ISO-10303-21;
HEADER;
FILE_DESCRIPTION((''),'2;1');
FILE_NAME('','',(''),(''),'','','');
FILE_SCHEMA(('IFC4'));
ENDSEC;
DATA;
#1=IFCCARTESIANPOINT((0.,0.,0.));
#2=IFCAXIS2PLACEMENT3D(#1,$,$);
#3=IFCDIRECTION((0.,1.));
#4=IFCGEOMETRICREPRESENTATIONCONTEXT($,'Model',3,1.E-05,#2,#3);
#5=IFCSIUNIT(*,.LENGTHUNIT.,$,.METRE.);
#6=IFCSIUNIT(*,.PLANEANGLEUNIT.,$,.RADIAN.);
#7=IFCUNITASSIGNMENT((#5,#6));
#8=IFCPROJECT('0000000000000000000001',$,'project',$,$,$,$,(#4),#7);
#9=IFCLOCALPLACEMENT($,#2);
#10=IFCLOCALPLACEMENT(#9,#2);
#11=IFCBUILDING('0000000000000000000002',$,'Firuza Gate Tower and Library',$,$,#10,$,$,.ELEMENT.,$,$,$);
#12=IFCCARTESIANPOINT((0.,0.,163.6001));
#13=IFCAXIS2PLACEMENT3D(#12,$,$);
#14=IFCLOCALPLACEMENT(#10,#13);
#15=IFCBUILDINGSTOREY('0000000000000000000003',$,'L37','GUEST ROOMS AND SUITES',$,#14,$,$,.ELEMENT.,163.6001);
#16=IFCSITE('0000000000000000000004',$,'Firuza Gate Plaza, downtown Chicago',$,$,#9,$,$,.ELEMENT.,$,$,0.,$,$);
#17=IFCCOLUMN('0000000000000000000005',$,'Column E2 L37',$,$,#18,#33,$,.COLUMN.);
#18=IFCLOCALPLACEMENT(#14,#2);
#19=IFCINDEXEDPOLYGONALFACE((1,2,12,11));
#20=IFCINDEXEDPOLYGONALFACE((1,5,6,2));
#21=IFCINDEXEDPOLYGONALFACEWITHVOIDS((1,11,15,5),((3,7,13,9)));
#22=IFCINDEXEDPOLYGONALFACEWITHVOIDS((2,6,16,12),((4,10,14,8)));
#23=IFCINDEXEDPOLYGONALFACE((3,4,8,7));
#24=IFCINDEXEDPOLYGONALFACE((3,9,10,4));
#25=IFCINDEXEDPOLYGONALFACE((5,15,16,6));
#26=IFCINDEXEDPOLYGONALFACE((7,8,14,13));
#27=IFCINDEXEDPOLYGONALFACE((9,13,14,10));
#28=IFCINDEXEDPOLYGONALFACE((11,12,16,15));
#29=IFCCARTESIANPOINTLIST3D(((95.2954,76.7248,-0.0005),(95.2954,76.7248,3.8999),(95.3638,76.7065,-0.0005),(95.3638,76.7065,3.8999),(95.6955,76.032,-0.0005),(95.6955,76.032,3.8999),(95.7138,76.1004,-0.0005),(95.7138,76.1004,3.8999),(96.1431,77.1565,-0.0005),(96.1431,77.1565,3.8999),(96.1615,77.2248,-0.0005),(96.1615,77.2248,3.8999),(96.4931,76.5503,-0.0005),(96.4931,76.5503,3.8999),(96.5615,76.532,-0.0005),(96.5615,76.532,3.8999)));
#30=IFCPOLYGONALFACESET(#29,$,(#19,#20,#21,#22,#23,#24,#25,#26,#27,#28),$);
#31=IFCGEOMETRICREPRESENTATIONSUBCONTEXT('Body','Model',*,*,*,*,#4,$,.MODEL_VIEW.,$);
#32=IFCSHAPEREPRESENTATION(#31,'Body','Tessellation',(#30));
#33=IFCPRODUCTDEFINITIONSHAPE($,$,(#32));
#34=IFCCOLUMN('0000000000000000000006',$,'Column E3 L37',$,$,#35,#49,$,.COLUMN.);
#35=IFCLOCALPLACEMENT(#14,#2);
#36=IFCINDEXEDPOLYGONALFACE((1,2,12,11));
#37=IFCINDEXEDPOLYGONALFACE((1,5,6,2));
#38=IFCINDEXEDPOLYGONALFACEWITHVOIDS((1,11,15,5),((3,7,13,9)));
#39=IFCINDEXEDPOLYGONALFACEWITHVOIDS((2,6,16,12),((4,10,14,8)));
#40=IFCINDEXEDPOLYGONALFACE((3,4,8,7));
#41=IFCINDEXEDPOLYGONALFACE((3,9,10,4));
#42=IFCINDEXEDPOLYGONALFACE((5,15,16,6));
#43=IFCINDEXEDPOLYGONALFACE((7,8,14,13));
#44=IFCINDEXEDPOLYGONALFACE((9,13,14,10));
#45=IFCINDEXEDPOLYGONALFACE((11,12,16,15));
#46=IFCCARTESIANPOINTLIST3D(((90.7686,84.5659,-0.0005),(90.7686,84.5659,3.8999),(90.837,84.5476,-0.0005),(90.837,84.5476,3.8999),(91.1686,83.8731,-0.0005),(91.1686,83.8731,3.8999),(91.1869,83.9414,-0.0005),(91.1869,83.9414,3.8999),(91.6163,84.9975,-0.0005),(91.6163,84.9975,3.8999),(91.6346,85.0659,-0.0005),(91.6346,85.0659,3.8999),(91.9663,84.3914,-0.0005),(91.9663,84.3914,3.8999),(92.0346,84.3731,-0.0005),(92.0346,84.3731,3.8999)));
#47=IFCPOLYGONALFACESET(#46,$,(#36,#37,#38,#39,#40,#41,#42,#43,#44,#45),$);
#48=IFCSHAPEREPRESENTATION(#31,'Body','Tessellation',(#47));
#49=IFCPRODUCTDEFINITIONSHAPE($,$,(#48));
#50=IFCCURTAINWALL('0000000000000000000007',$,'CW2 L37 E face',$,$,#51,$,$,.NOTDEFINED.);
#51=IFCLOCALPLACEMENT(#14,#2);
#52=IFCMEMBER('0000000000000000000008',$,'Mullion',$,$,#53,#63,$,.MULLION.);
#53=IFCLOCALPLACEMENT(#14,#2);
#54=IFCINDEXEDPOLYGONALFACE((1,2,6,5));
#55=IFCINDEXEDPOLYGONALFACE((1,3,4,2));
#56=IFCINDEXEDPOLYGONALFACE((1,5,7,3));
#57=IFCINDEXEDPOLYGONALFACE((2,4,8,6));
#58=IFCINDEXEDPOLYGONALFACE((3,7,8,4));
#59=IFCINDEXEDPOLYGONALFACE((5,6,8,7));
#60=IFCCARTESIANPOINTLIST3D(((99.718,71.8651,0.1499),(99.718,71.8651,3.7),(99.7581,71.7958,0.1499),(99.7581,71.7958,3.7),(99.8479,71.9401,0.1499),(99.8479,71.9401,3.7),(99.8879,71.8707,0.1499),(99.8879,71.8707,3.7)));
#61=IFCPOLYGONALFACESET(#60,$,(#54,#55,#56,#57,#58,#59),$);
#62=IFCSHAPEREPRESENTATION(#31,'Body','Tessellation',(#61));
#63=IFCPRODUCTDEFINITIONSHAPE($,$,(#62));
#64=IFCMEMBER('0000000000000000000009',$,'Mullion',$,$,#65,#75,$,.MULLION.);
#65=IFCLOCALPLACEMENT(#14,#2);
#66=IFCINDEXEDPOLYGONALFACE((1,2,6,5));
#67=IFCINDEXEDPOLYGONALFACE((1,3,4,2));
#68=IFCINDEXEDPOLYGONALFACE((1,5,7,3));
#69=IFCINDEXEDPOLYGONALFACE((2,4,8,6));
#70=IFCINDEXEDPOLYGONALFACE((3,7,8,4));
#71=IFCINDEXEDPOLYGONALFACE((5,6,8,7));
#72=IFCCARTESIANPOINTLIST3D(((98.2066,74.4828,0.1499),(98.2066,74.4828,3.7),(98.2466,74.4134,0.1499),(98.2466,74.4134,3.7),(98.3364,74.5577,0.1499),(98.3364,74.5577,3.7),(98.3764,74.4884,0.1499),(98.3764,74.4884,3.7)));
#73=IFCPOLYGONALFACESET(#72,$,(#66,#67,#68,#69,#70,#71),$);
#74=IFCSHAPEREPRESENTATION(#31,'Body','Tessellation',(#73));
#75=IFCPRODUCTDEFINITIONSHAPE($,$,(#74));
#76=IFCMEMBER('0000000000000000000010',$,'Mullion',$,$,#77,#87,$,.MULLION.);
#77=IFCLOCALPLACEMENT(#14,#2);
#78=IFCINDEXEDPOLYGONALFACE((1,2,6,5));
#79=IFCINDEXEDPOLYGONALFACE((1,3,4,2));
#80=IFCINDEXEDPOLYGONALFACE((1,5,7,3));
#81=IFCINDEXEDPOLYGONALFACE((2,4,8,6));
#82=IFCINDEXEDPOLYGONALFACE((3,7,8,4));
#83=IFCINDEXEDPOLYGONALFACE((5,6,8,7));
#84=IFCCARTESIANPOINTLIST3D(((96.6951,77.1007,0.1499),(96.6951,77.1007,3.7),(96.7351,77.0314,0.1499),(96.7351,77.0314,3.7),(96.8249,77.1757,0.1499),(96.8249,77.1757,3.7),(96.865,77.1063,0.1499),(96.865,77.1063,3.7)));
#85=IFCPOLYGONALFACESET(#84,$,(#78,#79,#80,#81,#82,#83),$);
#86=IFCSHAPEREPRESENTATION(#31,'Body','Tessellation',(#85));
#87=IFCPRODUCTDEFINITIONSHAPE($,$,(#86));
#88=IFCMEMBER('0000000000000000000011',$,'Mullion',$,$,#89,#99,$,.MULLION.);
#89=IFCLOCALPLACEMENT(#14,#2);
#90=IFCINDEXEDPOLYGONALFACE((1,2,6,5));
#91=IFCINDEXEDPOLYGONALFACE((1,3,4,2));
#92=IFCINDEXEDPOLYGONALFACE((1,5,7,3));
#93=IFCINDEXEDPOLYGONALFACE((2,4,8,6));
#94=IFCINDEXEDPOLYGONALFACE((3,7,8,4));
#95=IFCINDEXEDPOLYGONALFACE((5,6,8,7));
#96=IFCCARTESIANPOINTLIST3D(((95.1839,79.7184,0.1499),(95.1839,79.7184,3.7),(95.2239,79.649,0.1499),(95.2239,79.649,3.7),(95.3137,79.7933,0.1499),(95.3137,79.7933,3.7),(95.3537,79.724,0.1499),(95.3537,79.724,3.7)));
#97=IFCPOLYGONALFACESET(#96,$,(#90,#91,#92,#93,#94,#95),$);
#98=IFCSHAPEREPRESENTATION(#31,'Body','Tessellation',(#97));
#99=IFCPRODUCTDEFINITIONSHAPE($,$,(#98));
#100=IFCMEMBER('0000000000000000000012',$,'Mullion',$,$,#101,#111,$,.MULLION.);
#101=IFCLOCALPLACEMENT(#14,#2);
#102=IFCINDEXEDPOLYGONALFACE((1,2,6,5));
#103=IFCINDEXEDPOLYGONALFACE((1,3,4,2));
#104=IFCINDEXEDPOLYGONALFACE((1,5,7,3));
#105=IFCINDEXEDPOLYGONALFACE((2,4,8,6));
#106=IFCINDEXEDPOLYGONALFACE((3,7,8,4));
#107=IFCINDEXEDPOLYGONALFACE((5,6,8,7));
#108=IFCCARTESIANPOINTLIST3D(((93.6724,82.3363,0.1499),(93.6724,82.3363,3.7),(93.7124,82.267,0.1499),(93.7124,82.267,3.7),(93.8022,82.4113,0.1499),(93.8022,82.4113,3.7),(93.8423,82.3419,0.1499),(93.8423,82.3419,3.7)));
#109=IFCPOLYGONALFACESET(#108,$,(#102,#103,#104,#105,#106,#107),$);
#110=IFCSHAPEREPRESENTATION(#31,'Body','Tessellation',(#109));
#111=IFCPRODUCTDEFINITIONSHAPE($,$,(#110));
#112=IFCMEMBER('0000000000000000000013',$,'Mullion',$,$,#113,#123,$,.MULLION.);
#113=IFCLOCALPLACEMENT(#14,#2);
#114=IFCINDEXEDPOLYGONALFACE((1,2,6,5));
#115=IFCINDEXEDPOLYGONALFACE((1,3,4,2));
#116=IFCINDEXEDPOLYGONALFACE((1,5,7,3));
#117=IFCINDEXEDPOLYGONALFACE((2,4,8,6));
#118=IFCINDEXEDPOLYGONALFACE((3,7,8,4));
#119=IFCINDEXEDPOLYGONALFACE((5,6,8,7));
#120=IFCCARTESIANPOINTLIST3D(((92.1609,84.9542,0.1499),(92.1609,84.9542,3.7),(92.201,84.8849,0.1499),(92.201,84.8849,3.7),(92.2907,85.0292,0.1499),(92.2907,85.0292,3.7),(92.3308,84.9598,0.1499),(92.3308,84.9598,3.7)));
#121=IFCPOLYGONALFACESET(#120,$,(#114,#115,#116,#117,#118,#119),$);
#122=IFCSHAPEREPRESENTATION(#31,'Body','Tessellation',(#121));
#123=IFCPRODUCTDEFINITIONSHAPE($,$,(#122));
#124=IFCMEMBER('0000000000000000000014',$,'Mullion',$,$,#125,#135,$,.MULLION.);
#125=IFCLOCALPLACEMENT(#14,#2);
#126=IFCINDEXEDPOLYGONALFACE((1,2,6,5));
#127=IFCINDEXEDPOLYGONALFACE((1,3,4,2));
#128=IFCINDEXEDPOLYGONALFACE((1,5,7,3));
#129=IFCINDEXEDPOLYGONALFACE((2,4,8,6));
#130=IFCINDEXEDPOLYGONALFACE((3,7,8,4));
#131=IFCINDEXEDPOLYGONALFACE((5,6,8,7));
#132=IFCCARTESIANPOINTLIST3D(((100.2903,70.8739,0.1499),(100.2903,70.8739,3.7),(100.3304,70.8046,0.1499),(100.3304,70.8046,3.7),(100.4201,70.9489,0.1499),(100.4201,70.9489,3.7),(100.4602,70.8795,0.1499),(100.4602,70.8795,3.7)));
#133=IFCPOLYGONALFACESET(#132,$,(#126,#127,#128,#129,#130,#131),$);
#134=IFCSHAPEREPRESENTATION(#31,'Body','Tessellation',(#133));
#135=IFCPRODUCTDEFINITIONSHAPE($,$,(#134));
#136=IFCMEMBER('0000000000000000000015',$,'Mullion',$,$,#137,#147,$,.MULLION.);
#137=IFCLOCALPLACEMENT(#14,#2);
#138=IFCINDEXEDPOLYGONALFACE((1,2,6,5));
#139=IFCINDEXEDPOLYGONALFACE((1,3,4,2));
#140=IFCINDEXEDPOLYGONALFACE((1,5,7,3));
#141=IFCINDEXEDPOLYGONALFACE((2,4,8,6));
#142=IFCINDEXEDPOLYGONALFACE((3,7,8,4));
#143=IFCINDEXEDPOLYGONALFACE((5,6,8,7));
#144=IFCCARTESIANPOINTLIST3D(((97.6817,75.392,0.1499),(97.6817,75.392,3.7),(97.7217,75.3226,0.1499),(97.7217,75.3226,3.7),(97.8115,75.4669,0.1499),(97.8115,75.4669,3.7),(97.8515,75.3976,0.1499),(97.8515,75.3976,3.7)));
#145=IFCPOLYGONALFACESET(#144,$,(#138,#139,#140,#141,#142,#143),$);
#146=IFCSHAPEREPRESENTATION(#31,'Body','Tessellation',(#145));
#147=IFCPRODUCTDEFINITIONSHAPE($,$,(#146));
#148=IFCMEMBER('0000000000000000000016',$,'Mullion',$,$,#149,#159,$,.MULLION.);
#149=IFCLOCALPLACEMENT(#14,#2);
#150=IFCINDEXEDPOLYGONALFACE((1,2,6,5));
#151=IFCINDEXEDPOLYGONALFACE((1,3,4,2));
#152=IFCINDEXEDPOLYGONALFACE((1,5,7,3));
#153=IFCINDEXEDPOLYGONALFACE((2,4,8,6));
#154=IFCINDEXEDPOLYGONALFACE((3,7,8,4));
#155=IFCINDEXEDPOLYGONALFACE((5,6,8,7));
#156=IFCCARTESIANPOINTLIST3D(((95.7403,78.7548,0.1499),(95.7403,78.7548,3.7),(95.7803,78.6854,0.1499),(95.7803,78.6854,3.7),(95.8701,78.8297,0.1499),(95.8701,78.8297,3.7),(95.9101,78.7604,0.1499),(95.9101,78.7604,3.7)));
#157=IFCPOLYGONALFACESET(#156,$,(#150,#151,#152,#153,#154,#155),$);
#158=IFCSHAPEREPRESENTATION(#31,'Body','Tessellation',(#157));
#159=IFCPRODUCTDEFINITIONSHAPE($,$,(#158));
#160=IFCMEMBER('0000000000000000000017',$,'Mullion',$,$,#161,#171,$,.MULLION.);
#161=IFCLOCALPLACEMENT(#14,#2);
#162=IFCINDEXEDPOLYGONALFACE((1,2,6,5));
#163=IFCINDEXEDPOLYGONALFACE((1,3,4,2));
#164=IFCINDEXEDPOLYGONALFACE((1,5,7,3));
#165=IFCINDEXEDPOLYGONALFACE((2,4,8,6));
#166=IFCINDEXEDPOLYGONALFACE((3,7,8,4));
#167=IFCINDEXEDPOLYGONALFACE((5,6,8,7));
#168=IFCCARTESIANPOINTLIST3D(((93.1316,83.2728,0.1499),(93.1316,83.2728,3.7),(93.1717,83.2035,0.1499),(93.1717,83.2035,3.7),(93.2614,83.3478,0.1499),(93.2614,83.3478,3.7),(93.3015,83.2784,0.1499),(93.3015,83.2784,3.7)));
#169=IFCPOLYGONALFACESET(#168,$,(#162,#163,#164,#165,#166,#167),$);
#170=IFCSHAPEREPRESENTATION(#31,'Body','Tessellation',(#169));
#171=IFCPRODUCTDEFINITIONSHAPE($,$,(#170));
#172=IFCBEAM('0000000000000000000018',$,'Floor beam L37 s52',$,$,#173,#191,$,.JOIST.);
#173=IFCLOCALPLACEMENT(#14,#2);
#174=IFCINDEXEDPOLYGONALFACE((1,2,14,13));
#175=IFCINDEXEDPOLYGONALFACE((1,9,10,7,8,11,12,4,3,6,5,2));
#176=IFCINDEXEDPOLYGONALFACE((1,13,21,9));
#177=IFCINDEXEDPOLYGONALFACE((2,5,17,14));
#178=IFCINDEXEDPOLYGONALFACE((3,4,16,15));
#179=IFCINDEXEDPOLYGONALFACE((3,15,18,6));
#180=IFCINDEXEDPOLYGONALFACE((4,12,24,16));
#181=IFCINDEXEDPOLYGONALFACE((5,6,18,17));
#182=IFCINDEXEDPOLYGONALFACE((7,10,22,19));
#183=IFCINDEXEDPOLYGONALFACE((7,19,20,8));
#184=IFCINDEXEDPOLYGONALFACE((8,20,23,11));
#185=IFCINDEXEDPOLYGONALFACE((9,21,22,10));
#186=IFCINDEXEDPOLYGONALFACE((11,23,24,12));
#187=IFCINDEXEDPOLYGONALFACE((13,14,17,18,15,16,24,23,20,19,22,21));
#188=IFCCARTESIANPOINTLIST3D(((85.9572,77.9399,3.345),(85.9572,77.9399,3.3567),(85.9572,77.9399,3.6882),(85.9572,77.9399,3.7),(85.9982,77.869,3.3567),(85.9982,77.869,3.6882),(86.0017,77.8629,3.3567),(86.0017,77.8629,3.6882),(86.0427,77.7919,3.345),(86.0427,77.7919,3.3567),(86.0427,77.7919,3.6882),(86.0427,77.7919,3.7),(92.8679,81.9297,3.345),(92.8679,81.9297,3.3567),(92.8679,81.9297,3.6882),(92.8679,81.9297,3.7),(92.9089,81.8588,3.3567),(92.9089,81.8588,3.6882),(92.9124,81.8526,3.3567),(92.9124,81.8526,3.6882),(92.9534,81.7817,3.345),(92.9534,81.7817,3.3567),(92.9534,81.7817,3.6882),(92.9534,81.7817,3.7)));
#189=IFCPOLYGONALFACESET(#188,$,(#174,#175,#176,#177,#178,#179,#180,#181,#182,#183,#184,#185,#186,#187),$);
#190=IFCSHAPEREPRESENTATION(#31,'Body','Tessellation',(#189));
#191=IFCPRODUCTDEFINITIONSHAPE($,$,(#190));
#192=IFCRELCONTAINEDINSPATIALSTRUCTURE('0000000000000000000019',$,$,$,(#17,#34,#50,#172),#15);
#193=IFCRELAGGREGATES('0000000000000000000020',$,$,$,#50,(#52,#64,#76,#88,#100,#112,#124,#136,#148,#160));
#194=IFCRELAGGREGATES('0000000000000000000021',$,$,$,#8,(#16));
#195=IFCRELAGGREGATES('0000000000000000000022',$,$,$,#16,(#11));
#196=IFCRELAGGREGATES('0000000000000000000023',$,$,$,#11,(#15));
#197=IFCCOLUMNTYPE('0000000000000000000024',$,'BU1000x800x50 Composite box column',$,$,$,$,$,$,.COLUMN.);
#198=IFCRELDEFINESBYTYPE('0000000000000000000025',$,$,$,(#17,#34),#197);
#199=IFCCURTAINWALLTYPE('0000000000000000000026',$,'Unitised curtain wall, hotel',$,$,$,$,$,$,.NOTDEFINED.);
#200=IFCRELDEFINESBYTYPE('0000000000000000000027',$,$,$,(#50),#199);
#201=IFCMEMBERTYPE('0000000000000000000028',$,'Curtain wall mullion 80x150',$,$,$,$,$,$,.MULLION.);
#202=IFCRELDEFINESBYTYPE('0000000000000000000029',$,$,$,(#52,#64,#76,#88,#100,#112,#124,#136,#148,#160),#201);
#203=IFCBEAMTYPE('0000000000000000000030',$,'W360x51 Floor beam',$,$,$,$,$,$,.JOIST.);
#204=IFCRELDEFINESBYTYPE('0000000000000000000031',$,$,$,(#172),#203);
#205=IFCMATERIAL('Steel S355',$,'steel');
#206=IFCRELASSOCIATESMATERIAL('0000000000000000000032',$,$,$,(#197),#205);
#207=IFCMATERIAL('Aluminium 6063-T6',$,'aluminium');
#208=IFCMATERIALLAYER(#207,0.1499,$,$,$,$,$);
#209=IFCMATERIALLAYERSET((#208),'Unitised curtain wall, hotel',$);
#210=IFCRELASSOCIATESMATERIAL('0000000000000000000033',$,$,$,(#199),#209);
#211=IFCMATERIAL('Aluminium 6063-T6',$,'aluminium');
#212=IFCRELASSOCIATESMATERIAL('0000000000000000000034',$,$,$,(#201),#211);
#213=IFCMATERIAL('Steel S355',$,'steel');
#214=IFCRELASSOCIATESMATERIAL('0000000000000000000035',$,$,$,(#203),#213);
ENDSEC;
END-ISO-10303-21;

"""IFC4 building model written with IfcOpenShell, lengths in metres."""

from ifc_helpers import new_model, si_unit, direction, frame, origin, origin_2d, place, context, subcontext, project, spatial, rectangle, hollow_rectangle, i_section, extrude, material, layer, layer_set, material_profile, profile_set, type_object, element, aggregate, save


model = new_model("IFC4")

# Units and contexts
model_context = context("Model", 3, precision=1e-05, world=origin(), true_north=direction((0.0, 1.0)))
body_context = subcontext(model_context, "Body", "Model", "MODEL_VIEW")
ifc_project = project(units=[si_unit("LENGTHUNIT", "METRE"), si_unit("PLANEANGLEUNIT", "RADIAN")], contexts=[model_context])

# Site, building, storey
site_placement = place(None, origin())
site = spatial("IfcSite", under=ifc_project, at=site_placement, Name="Firuza Gate Plaza, downtown Chicago", CompositionType="ELEMENT", RefElevation=0.0)
building_placement = place(site_placement, origin())
building = spatial("IfcBuilding", under=site, at=building_placement, Name="Firuza Gate Tower and Library", CompositionType="ELEMENT")
storey_placement = place(building_placement, frame((0.0, 0.0, 163.6001)))
storey = spatial("IfcBuildingStorey", under=building, at=storey_placement, Name="L37", Description="GUEST ROOMS AND SUITES", CompositionType="ELEMENT", Elevation=163.6001)

# Columns
ifc_material_1 = material(Name="Steel S355", Category="steel")
ifc_material_profile_1 = material_profile(ifc_material_1, hollow_rectangle(XDim=0.8, YDim=1.0, WallThickness=0.05, at=origin_2d()))
ifc_profile_set_1 = profile_set([ifc_material_profile_1], Name="Steel S355")
column_type = type_object("IfcColumnType", Name="BU1000x800x50 Composite box column", PredefinedType="COLUMN", material=ifc_profile_set_1)
for number, where, z_axis, x_axis, name in (
    (1, (95.9285, 76.6284, -0.0005), (0.0, 0.0, 1.0), (-0.5, 0.866025, 0.0), "Column E2 L37"),
    (2, (91.4016, 84.4695, -0.0005), (0.0, 0.0, 1.0), (-0.5, 0.866025, 0.0), "Column E3 L37"),
):
    element("IfcColumn", number, at=place(storey_placement, frame(where, z_axis=z_axis, x_axis=x_axis)), inside=storey, type_object=column_type, Name=name, PredefinedType="COLUMN", context=body_context, shape_type="SweptSolid", body=[
        extrude(hollow_rectangle(XDim=0.8, YDim=1.0, WallThickness=0.05, at=origin_2d()), origin(), (0.0, 0.0, 1.0), 3.9004),
    ])

# Curtain wall, members
ifc_material_2 = material(Name="Aluminium 6063-T6", Category="aluminium")
ifc_layer_1 = layer(ifc_material_2, 0.1499)
ifc_layer_set_1 = layer_set([ifc_layer_1], Name="Unitised curtain wall, hotel")
curtain_wall_type = type_object("IfcCurtainWallType", Name="Unitised curtain wall, hotel", PredefinedType="NOTDEFINED", material=ifc_layer_set_1)
curtain_wall_placement = place(storey_placement, origin())
curtain_wall = element("IfcCurtainWall", 3, at=curtain_wall_placement, inside=storey, type_object=curtain_wall_type, Name="CW2 L37 E face", PredefinedType="NOTDEFINED")
ifc_material_3 = material(Name="Aluminium 6063-T6", Category="aluminium")
ifc_material_profile_2 = material_profile(ifc_material_3, rectangle(XDim=0.1499, YDim=0.0801, at=origin_2d()))
ifc_profile_set_2 = profile_set([ifc_material_profile_2], Name="Aluminium 6063-T6")
member_type = type_object("IfcMemberType", Name="Curtain wall mullion 80x150", PredefinedType="MULLION", material=ifc_profile_set_2)
member_1_placement = place(storey_placement, frame((99.803, 71.8679, 0.1499), z_axis=(0.0, 0.0, 1.0), x_axis=(-0.866025, -0.5, 0.0)))
member_1 = element("IfcMember", 4, at=member_1_placement, type_object=member_type, Name="Mullion", PredefinedType="MULLION", context=body_context, shape_type="SweptSolid", body=[
    extrude(rectangle(XDim=0.1499, YDim=0.0801, at=origin_2d()), origin(), (0.0, 0.0, 1.0), 3.55),
])
member_2_placement = place(storey_placement, frame((98.2915, 74.4856, 0.1499), z_axis=(0.0, 0.0, 1.0), x_axis=(-0.866025, -0.5, 0.0)))
member_2 = element("IfcMember", 5, at=member_2_placement, type_object=member_type, Name="Mullion", PredefinedType="MULLION", context=body_context, shape_type="SweptSolid", body=[
    extrude(rectangle(XDim=0.1499, YDim=0.0801, at=origin_2d()), origin(), (0.0, 0.0, 1.0), 3.55),
])
member_3_placement = place(storey_placement, frame((96.78, 77.1035, 0.1499), z_axis=(0.0, 0.0, 1.0), x_axis=(-0.866025, -0.5, 0.0)))
member_3 = element("IfcMember", 6, at=member_3_placement, type_object=member_type, Name="Mullion", PredefinedType="MULLION", context=body_context, shape_type="SweptSolid", body=[
    extrude(rectangle(XDim=0.1499, YDim=0.0801, at=origin_2d()), origin(), (0.0, 0.0, 1.0), 3.55),
])
member_4_placement = place(storey_placement, frame((95.2688, 79.7212, 0.1499), z_axis=(0.0, 0.0, 1.0), x_axis=(-0.866025, -0.5, 0.0)))
member_4 = element("IfcMember", 7, at=member_4_placement, type_object=member_type, Name="Mullion", PredefinedType="MULLION", context=body_context, shape_type="SweptSolid", body=[
    extrude(rectangle(XDim=0.1499, YDim=0.0801, at=origin_2d()), origin(), (0.0, 0.0, 1.0), 3.55),
])
member_5_placement = place(storey_placement, frame((93.7573, 82.3391, 0.1499), z_axis=(0.0, 0.0, 1.0), x_axis=(-0.866025, -0.5, 0.0)))
member_5 = element("IfcMember", 8, at=member_5_placement, type_object=member_type, Name="Mullion", PredefinedType="MULLION", context=body_context, shape_type="SweptSolid", body=[
    extrude(rectangle(XDim=0.1499, YDim=0.0801, at=origin_2d()), origin(), (0.0, 0.0, 1.0), 3.55),
])
member_6_placement = place(storey_placement, frame((92.2458, 84.957, 0.1499), z_axis=(0.0, 0.0, 1.0), x_axis=(-0.866025, -0.5, 0.0)))
member_6 = element("IfcMember", 9, at=member_6_placement, type_object=member_type, Name="Mullion", PredefinedType="MULLION", context=body_context, shape_type="SweptSolid", body=[
    extrude(rectangle(XDim=0.1499, YDim=0.0801, at=origin_2d()), origin(), (0.0, 0.0, 1.0), 3.55),
])
member_7_placement = place(storey_placement, frame((100.3752, 70.8767, 0.1499), z_axis=(0.0, 0.0, 1.0), x_axis=(-0.866025, -0.5, 0.0)))
member_7 = element("IfcMember", 10, at=member_7_placement, type_object=member_type, Name="Mullion", PredefinedType="MULLION", context=body_context, shape_type="SweptSolid", body=[
    extrude(rectangle(XDim=0.1499, YDim=0.0801, at=origin_2d()), origin(), (0.0, 0.0, 1.0), 3.55),
])
member_8_placement = place(storey_placement, frame((97.7666, 75.3948, 0.1499), z_axis=(0.0, 0.0, 1.0), x_axis=(-0.866025, -0.5, 0.0)))
member_8 = element("IfcMember", 11, at=member_8_placement, type_object=member_type, Name="Mullion", PredefinedType="MULLION", context=body_context, shape_type="SweptSolid", body=[
    extrude(rectangle(XDim=0.1499, YDim=0.0801, at=origin_2d()), origin(), (0.0, 0.0, 1.0), 3.55),
])
member_9_placement = place(storey_placement, frame((95.8252, 78.7576, 0.1499), z_axis=(0.0, 0.0, 1.0), x_axis=(-0.866025, -0.5, 0.0)))
member_9 = element("IfcMember", 12, at=member_9_placement, type_object=member_type, Name="Mullion", PredefinedType="MULLION", context=body_context, shape_type="SweptSolid", body=[
    extrude(rectangle(XDim=0.1499, YDim=0.0801, at=origin_2d()), origin(), (0.0, 0.0, 1.0), 3.55),
])
member_10_placement = place(storey_placement, frame((93.2166, 83.2756, 0.1499), z_axis=(0.0, 0.0, 1.0), x_axis=(-0.866025, -0.5, 0.0)))
member_10 = element("IfcMember", 13, at=member_10_placement, type_object=member_type, Name="Mullion", PredefinedType="MULLION", context=body_context, shape_type="SweptSolid", body=[
    extrude(rectangle(XDim=0.1499, YDim=0.0801, at=origin_2d()), origin(), (0.0, 0.0, 1.0), 3.55),
])

# Beam
ifc_material_4 = material(Name="Steel S355", Category="steel")
ifc_material_profile_3 = material_profile(ifc_material_4, i_section(OverallWidth=0.1709, OverallDepth=0.355, WebThickness=0.0071, FlangeThickness=0.0117, at=origin_2d()))
ifc_profile_set_3 = profile_set([ifc_material_profile_3], Name="Steel S355")
beam_type_1 = type_object("IfcBeamType", Name="W360x51 Floor beam", PredefinedType="JOIST", material=ifc_profile_set_3)
beam_1_placement = place(storey_placement, frame((92.9106, 81.8557, 3.5225), z_axis=(-0.866032, -0.499989, 0.0), x_axis=(0.499989, -0.866032, 0.0)))
element("IfcBeam", 14, at=beam_1_placement, inside=storey, type_object=beam_type_1, Name="Floor beam L37 s52", PredefinedType="JOIST", context=body_context, shape_type="SweptSolid", body=[
    extrude(i_section(OverallWidth=0.1709, OverallDepth=0.355, WebThickness=0.0071, FlangeThickness=0.0117, at=origin_2d()), origin(), (0.0, 0.0, 1.0), 7.9797),
])

aggregate(curtain_wall, [member_1, member_2, member_3, member_4, member_5, member_6, member_7, member_8, member_9, member_10])

save(model, "model.ifc")
